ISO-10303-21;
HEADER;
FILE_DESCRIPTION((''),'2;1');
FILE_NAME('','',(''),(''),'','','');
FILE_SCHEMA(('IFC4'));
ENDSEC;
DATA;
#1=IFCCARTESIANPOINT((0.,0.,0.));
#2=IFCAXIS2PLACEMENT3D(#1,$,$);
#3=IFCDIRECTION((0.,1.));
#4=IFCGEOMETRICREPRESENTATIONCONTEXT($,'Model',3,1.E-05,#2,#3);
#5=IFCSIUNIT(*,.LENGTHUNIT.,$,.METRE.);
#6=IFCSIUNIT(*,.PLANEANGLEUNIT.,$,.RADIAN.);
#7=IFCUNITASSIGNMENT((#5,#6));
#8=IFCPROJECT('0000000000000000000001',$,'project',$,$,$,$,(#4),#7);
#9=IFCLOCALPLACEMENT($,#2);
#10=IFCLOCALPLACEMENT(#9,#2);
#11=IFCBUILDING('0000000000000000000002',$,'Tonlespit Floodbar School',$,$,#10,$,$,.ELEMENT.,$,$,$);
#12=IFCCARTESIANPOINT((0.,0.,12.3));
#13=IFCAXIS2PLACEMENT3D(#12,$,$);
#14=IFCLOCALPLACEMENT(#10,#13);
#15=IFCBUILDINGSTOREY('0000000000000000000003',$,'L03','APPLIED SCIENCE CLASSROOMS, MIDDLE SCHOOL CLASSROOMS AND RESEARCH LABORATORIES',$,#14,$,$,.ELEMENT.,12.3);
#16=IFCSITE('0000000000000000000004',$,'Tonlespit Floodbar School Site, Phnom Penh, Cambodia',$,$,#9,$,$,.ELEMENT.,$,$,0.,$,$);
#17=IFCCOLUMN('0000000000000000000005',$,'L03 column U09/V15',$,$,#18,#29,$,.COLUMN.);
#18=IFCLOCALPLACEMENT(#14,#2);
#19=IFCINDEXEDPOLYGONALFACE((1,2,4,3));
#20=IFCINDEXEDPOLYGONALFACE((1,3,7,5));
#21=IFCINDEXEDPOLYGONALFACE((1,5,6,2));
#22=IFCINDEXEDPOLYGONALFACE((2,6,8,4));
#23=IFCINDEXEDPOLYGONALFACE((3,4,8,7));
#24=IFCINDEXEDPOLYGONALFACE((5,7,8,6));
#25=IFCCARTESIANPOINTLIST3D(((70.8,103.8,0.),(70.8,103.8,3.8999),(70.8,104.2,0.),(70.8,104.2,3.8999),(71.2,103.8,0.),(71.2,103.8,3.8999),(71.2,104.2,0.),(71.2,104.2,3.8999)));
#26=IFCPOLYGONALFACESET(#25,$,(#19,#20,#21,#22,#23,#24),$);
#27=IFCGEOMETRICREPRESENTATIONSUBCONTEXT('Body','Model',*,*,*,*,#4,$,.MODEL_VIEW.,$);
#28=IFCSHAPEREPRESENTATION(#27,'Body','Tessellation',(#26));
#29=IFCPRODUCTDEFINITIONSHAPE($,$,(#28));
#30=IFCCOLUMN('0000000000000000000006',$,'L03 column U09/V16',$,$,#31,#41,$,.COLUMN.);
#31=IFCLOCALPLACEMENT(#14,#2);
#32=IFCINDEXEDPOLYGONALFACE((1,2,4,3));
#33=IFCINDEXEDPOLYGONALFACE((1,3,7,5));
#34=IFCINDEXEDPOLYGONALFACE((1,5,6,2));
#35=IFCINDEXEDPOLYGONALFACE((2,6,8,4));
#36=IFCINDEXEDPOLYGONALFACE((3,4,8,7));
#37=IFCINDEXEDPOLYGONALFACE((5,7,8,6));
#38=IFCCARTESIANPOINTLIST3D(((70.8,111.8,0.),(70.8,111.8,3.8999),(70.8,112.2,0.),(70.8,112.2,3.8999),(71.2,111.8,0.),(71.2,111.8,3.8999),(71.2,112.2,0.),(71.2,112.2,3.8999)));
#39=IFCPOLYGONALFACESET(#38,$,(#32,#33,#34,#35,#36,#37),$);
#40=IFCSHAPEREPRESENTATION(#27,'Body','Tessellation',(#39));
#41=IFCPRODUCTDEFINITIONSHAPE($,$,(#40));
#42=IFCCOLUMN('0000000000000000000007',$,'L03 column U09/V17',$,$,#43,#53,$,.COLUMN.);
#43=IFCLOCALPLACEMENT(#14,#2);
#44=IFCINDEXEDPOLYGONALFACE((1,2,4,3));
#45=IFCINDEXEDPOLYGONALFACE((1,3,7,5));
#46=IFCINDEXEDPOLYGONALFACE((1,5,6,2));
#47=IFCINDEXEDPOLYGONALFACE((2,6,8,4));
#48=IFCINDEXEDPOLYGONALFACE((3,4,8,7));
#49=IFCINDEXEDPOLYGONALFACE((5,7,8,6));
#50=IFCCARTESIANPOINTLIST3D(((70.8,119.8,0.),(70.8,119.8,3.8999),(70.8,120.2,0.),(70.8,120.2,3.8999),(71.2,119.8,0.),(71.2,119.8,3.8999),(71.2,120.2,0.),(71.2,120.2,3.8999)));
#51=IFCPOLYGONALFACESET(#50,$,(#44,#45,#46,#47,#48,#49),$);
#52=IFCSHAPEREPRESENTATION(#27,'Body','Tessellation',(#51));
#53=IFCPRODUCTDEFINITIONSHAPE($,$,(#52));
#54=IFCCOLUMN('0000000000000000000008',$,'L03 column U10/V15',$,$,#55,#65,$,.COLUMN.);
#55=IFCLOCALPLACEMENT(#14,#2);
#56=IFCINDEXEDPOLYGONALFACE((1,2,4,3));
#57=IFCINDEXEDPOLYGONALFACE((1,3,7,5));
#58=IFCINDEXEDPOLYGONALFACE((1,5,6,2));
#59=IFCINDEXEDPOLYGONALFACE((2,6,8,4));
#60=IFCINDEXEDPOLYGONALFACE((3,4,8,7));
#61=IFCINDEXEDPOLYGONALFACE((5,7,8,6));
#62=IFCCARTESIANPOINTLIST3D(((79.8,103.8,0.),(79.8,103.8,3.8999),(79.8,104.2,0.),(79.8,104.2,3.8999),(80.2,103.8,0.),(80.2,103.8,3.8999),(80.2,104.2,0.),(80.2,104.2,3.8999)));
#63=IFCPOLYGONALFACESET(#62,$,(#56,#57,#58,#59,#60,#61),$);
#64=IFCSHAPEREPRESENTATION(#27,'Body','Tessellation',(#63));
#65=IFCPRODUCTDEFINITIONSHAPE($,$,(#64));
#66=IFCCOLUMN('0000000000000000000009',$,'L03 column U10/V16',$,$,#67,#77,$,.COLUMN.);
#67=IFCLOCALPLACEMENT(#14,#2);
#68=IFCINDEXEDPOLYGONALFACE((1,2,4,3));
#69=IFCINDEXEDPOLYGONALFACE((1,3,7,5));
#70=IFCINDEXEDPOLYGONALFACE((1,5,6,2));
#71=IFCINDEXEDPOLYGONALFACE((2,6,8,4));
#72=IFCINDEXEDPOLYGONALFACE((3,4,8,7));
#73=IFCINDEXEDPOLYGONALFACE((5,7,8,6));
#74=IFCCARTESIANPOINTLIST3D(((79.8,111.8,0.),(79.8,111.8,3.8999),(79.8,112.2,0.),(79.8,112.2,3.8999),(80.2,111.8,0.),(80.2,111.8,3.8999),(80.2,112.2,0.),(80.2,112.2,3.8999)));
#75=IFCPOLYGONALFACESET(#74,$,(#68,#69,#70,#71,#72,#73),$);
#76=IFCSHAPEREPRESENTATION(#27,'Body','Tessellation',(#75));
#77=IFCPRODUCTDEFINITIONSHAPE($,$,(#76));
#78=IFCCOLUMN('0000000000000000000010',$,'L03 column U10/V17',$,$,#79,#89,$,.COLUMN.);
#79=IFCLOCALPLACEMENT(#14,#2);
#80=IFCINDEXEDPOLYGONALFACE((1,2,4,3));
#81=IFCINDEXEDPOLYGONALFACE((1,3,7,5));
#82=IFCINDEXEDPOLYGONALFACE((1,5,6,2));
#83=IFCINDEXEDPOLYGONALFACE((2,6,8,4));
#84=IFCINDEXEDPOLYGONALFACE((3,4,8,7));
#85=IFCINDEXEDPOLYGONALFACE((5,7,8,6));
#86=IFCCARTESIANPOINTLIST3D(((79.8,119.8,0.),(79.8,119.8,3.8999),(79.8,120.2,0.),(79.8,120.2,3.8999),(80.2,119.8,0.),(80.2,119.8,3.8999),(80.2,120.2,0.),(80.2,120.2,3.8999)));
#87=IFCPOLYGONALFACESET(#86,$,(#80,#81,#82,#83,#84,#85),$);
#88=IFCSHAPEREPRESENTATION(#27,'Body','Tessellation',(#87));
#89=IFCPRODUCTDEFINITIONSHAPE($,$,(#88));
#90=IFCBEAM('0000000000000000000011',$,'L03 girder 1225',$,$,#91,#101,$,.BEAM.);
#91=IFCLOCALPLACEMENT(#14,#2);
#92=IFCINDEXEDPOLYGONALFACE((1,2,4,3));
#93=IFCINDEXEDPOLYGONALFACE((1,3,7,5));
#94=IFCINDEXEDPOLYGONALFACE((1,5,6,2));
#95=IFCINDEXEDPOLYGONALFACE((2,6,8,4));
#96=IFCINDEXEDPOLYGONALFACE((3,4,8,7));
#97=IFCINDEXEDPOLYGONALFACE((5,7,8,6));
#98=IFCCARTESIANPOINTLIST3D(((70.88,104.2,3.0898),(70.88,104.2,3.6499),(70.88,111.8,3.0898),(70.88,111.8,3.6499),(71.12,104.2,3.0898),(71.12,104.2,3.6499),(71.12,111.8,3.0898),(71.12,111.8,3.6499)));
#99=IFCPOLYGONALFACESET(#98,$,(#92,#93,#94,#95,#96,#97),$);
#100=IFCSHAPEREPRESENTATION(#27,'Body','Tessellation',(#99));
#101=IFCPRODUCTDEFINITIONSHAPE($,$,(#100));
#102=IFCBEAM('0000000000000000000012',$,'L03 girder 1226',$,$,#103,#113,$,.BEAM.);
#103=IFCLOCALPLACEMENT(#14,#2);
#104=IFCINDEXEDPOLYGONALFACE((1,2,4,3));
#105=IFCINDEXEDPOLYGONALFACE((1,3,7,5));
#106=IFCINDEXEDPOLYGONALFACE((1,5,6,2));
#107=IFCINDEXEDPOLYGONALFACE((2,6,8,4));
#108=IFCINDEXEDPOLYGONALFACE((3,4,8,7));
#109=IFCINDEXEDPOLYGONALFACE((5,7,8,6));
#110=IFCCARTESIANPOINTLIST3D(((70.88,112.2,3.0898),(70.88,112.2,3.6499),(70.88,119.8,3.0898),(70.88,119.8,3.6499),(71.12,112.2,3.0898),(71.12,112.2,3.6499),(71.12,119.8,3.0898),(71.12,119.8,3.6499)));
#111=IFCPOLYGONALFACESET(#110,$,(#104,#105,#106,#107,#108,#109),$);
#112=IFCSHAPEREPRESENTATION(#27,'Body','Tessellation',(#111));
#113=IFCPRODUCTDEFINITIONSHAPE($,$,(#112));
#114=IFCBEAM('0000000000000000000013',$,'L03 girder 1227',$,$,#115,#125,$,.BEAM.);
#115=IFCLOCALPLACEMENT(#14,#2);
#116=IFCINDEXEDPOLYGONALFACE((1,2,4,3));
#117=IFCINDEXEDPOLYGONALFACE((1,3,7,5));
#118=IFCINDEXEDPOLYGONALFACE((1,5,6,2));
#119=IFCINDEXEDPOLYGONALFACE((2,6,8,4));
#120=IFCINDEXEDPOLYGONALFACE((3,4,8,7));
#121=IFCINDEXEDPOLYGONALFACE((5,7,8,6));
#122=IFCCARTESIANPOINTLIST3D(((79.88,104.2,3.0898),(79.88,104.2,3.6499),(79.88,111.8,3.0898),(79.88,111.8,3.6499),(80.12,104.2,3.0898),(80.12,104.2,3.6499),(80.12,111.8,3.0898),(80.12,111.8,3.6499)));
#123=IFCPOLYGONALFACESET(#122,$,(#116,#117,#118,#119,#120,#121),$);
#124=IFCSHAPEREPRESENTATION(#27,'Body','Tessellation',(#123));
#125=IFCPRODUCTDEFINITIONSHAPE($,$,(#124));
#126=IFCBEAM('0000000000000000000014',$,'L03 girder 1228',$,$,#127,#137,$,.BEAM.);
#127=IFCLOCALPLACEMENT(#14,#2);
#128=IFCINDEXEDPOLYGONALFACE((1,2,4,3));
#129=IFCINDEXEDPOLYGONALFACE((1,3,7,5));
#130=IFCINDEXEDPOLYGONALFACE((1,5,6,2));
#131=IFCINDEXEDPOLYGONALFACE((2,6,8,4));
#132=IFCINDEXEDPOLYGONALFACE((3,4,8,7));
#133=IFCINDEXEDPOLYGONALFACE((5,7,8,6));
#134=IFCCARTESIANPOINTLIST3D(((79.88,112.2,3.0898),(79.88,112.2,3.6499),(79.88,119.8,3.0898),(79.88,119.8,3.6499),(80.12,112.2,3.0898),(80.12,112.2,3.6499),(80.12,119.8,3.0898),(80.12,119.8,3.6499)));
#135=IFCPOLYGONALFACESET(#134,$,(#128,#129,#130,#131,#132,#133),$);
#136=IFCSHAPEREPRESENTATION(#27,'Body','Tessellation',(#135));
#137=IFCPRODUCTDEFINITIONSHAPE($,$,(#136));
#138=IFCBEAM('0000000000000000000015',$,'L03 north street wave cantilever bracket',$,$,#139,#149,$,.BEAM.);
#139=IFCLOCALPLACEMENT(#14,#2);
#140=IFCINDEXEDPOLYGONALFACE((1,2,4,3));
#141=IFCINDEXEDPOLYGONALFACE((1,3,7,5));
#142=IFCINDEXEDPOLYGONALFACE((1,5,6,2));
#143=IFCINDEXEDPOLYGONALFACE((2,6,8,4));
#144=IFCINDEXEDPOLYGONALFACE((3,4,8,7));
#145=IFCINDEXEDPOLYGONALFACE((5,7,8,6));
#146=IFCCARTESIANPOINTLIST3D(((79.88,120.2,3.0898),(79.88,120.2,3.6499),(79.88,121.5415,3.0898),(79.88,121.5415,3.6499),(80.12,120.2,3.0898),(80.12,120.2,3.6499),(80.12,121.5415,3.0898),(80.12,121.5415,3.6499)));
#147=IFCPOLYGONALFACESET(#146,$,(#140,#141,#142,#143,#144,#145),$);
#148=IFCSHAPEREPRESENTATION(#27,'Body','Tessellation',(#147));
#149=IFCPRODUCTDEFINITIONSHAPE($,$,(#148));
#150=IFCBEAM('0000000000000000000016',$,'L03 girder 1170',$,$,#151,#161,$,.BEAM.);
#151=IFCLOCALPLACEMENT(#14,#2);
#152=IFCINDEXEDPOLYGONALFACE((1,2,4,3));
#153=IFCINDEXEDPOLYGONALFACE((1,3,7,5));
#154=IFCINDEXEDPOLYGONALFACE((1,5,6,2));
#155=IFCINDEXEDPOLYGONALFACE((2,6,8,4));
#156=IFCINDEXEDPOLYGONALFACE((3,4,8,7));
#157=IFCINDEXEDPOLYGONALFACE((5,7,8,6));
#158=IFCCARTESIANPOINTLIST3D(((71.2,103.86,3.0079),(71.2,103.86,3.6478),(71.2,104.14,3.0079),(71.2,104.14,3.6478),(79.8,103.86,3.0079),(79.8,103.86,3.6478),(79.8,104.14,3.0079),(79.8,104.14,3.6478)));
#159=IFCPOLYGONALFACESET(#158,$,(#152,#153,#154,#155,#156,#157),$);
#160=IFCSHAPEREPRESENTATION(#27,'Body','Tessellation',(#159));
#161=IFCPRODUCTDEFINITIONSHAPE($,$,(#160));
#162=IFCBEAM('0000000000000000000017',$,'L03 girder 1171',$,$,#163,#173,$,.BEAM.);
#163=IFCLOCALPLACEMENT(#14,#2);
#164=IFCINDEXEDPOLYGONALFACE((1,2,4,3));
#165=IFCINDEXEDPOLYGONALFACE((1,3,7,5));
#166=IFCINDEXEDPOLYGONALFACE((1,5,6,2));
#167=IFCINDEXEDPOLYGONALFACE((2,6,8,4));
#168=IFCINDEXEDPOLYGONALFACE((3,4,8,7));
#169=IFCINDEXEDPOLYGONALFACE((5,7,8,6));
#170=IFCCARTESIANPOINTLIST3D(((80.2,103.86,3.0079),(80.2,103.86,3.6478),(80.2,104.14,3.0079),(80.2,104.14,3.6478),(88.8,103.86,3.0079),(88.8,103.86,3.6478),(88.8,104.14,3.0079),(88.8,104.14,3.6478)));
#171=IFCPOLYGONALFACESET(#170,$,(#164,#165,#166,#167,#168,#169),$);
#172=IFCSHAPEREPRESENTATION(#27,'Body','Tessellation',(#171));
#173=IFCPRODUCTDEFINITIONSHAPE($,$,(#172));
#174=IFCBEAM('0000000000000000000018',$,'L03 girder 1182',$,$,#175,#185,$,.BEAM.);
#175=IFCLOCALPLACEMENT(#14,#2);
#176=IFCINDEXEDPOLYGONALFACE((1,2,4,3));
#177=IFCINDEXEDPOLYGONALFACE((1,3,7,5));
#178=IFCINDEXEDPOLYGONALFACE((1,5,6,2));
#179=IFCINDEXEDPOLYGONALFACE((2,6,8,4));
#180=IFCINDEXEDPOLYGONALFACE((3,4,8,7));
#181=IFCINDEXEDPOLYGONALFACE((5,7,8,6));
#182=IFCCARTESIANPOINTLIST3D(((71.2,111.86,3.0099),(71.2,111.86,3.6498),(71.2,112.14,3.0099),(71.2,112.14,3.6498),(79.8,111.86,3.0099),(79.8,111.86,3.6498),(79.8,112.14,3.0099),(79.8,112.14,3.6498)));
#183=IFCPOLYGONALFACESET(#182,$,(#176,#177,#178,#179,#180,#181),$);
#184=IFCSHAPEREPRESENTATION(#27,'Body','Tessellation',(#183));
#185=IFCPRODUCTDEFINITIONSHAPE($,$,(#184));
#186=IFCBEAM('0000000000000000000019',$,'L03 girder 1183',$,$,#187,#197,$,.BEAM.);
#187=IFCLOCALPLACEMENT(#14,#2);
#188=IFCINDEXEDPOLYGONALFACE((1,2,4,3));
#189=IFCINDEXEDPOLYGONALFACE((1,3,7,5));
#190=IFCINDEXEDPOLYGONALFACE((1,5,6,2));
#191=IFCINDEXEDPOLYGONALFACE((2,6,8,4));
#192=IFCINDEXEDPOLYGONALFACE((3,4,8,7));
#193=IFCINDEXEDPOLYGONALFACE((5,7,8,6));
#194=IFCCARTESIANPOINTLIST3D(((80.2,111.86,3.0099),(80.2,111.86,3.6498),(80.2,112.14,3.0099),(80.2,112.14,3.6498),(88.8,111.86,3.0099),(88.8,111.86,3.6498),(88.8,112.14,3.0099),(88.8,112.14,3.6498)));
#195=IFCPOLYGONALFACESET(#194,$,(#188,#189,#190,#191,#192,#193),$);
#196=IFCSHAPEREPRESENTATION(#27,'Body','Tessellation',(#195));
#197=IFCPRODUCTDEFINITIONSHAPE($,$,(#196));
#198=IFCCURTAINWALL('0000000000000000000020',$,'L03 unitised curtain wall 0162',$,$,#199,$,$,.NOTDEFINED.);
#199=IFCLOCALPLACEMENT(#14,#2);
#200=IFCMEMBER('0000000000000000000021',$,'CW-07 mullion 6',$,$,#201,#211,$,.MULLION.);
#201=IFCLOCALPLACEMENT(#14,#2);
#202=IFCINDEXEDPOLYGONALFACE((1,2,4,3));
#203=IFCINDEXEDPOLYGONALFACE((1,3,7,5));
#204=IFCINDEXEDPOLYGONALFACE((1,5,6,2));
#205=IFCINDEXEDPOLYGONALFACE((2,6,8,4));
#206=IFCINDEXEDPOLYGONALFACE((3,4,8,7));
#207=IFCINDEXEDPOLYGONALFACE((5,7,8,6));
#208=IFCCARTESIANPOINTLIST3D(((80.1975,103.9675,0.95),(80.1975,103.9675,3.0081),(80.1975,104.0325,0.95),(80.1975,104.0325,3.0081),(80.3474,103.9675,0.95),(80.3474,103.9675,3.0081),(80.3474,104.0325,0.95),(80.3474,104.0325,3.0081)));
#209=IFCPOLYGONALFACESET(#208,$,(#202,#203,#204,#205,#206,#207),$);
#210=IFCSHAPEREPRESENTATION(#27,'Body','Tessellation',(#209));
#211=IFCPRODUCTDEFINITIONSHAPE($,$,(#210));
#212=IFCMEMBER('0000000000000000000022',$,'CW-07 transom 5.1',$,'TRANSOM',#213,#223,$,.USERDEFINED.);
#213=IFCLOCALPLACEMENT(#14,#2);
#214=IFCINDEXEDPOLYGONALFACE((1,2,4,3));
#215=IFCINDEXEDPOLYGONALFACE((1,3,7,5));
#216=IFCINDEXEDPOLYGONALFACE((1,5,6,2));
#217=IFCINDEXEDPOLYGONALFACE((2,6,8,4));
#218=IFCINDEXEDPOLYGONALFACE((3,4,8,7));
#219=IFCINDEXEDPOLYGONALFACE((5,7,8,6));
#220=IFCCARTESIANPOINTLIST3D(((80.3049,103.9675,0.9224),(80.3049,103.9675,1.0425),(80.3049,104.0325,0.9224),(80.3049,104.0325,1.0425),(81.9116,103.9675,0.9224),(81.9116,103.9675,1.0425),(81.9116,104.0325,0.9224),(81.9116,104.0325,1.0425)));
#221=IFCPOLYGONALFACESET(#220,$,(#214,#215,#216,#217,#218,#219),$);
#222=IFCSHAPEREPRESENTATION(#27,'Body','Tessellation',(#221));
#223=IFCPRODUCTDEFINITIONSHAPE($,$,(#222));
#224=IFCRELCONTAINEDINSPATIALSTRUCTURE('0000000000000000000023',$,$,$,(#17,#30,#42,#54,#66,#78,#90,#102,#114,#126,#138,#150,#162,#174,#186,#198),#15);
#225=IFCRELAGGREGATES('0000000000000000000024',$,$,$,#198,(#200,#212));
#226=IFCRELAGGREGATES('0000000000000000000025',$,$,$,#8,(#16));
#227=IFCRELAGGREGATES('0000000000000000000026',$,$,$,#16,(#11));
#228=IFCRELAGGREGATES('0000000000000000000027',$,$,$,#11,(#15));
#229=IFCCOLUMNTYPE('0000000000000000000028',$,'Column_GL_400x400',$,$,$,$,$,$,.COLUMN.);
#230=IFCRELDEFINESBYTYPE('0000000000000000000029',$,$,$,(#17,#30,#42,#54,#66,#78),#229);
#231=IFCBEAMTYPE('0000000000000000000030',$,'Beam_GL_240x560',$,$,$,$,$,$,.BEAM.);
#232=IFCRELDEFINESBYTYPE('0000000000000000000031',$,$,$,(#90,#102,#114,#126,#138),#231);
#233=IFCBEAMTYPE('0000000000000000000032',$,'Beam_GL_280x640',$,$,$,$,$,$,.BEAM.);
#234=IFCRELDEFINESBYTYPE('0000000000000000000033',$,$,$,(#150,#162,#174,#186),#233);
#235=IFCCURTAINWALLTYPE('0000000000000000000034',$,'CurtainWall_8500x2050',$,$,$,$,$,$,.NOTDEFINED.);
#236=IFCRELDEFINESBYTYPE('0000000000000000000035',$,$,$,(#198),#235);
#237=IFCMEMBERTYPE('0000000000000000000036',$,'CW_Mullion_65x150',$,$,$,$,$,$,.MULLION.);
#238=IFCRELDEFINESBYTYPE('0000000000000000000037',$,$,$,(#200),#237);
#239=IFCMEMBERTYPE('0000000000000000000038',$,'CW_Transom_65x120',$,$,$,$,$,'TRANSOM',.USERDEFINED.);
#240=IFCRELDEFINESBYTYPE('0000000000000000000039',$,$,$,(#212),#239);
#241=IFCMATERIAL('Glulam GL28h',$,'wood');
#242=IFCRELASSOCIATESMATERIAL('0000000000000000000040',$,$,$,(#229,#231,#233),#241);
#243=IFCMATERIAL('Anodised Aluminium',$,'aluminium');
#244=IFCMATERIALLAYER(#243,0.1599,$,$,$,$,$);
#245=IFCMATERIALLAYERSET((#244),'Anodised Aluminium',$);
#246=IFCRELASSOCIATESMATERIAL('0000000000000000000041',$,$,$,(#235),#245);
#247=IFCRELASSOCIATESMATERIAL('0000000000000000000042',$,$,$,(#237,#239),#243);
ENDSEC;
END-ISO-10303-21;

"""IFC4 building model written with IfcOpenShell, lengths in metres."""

from ifc_helpers import new_model, si_unit, direction, frame, origin, origin_2d, place, context, subcontext, project, spatial, rectangle, extrude, material, layer, layer_set, material_profile, profile_set, type_object, element, aggregate, save


model = new_model("IFC4")

# Units and contexts
model_context = context("Model", 3, precision=1e-05, world=origin(), true_north=direction((0.0, 1.0)))
body_context = subcontext(model_context, "Body", "Model", "MODEL_VIEW")
ifc_project = project(units=[si_unit("LENGTHUNIT", "METRE"), si_unit("PLANEANGLEUNIT", "RADIAN")], contexts=[model_context])

# Site, building, storey
site_placement = place(None, origin())
site = spatial("IfcSite", under=ifc_project, at=site_placement, Name="Tonlespit Floodbar School Site, Phnom Penh, Cambodia", CompositionType="ELEMENT", RefElevation=0.0)
building_placement = place(site_placement, origin())
building = spatial("IfcBuilding", under=site, at=building_placement, Name="Tonlespit Floodbar School", CompositionType="ELEMENT")
storey_placement = place(building_placement, frame((0.0, 0.0, 12.3)))
storey = spatial("IfcBuildingStorey", under=building, at=storey_placement, Name="L03", Description="APPLIED SCIENCE CLASSROOMS, MIDDLE SCHOOL CLASSROOMS AND RESEARCH LABORATORIES", CompositionType="ELEMENT", Elevation=12.3)

# Columns
ifc_material_1 = material(Name="Glulam GL28h", Category="wood")
ifc_material_profile_1 = material_profile(ifc_material_1, rectangle(XDim=0.3999, YDim=0.3999, at=origin_2d()), Name="GL 400x400")
ifc_profile_set_1 = profile_set([ifc_material_profile_1], Name="Glulam GL28h")
column_type = type_object("IfcColumnType", Name="Column_GL_400x400", PredefinedType="COLUMN", material=ifc_profile_set_1)
for number, where, z_axis, x_axis, name in (
    (1, (71.0, 104.0, 0.0), (0.0, 0.0, 1.0), (1.0, 0.0, 0.0), "L03 column U09/V15"),
    (2, (71.0, 112.0, 0.0), (0.0, 0.0, 1.0), (1.0, 0.0, 0.0), "L03 column U09/V16"),
    (3, (71.0, 120.0, 0.0), (0.0, 0.0, 1.0), (1.0, 0.0, 0.0), "L03 column U09/V17"),
    (4, (80.0, 104.0, 0.0), (0.0, 0.0, 1.0), (1.0, 0.0, 0.0), "L03 column U10/V15"),
    (5, (80.0, 112.0, 0.0), (0.0, 0.0, 1.0), (1.0, 0.0, 0.0), "L03 column U10/V16"),
    (6, (80.0, 120.0, 0.0), (0.0, 0.0, 1.0), (1.0, 0.0, 0.0), "L03 column U10/V17"),
):
    element("IfcColumn", number, at=place(storey_placement, frame(where, z_axis=z_axis, x_axis=x_axis)), inside=storey, type_object=column_type, Name=name, PredefinedType="COLUMN", context=body_context, shape_type="SweptSolid", body=[
        extrude(rectangle(XDim=0.3999, YDim=0.3999, at=origin_2d()), origin(), (0.0, 0.0, 1.0), 3.8999),
    ])

# Beams
ifc_material_profile_2 = material_profile(ifc_material_1, rectangle(XDim=0.24, YDim=0.5601, at=origin_2d()), Name="GL 240x560")
ifc_profile_set_2 = profile_set([ifc_material_profile_2], Name="Glulam GL28h")
beam_type_1 = type_object("IfcBeamType", Name="Beam_GL_240x560", PredefinedType="BEAM", material=ifc_profile_set_2)
for number, where, z_axis, x_axis, name in (
    (7, (71.0, 104.2, 3.3699), (0.0, 1.0, 0.0), (-1.0, 0.0, 0.0), "L03 girder 1225"),
    (8, (71.0, 112.2, 3.3699), (0.0, 1.0, 0.0), (-1.0, 0.0, 0.0), "L03 girder 1226"),
    (9, (80.0, 104.2, 3.3699), (0.0, 1.0, 0.0), (-1.0, 0.0, 0.0), "L03 girder 1227"),
    (10, (80.0, 112.2, 3.3699), (0.0, 1.0, 0.0), (-1.0, 0.0, 0.0), "L03 girder 1228"),
):
    element("IfcBeam", number, at=place(storey_placement, frame(where, z_axis=z_axis, x_axis=x_axis)), inside=storey, type_object=beam_type_1, Name=name, PredefinedType="BEAM", context=body_context, shape_type="SweptSolid", body=[
        extrude(rectangle(XDim=0.24, YDim=0.5601, at=origin_2d()), origin(), (0.0, 0.0, 1.0), 7.6001),
    ])
beam_placement = place(storey_placement, frame((80.0, 120.2, 3.3699), z_axis=(0.0, 1.0, 0.0), x_axis=(-1.0, 0.0, 0.0)))
element("IfcBeam", 11, at=beam_placement, inside=storey, type_object=beam_type_1, Name="L03 north street wave cantilever bracket", PredefinedType="BEAM", context=body_context, shape_type="SweptSolid", body=[
    extrude(rectangle(XDim=0.24, YDim=0.5601, at=origin_2d()), origin(), (0.0, 0.0, 1.0), 1.3416),
])
ifc_material_profile_3 = material_profile(ifc_material_1, rectangle(XDim=0.28, YDim=0.6399, at=origin_2d()), Name="GL 280x640")
ifc_profile_set_3 = profile_set([ifc_material_profile_3], Name="Glulam GL28h")
beam_type_2 = type_object("IfcBeamType", Name="Beam_GL_280x640", PredefinedType="BEAM", material=ifc_profile_set_3)
for number, where, z_axis, x_axis, name in (
    (12, (71.2, 104.0, 3.3279), (1.0, 0.0, 0.0), (0.0, 1.0, 0.0), "L03 girder 1170"),
    (13, (80.2, 104.0, 3.3279), (1.0, 0.0, 0.0), (0.0, 1.0, 0.0), "L03 girder 1171"),
    (14, (71.2, 112.0, 3.3298), (1.0, 0.0, 0.0), (0.0, 1.0, 0.0), "L03 girder 1182"),
    (15, (80.2, 112.0, 3.3298), (1.0, 0.0, 0.0), (0.0, 1.0, 0.0), "L03 girder 1183"),
):
    element("IfcBeam", number, at=place(storey_placement, frame(where, z_axis=z_axis, x_axis=x_axis)), inside=storey, type_object=beam_type_2, Name=name, PredefinedType="BEAM", context=body_context, shape_type="SweptSolid", body=[
        extrude(rectangle(XDim=0.28, YDim=0.6399, at=origin_2d()), origin(), (0.0, 0.0, 1.0), 8.6001),
    ])

# Curtain wall, members
ifc_material_2 = material(Name="Anodised Aluminium", Category="aluminium")
ifc_layer_1 = layer(ifc_material_2, 0.1599)
ifc_layer_set_1 = layer_set([ifc_layer_1], Name="Anodised Aluminium")
curtain_wall_type = type_object("IfcCurtainWallType", Name="CurtainWall_8500x2050", PredefinedType="NOTDEFINED", material=ifc_layer_set_1)
curtain_wall_placement = place(storey_placement, origin())
curtain_wall = element("IfcCurtainWall", 16, at=curtain_wall_placement, inside=storey, type_object=curtain_wall_type, Name="L03 unitised curtain wall 0162", PredefinedType="NOTDEFINED")
ifc_material_profile_4 = material_profile(ifc_material_2, rectangle(XDim=0.0649, YDim=0.1499, at=origin_2d()), Name="ALU M65x150")
ifc_profile_set_4 = profile_set([ifc_material_profile_4], Name="Anodised Aluminium")
member_type_1 = type_object("IfcMemberType", Name="CW_Mullion_65x150", PredefinedType="MULLION", material=ifc_profile_set_4)
member_1_placement = place(storey_placement, frame((80.2725, 104.0, 0.95), z_axis=(0.0, 0.0, 1.0), x_axis=(0.0, -1.0, 0.0)))
member_1 = element("IfcMember", 17, at=member_1_placement, type_object=member_type_1, Name="CW-07 mullion 6", PredefinedType="MULLION", context=body_context, shape_type="SweptSolid", body=[
    extrude(rectangle(XDim=0.0649, YDim=0.1499, at=origin_2d()), origin(), (0.0, 0.0, 1.0), 2.0581),
])
ifc_material_profile_5 = material_profile(ifc_material_2, rectangle(XDim=0.0649, YDim=0.1201, at=origin_2d()), Name="ALU T65x120")
ifc_profile_set_5 = profile_set([ifc_material_profile_5], Name="Anodised Aluminium")
member_type_2 = type_object("IfcMemberType", Name="CW_Transom_65x120", ElementType="TRANSOM", PredefinedType="USERDEFINED", material=ifc_profile_set_5)
member_2_placement = place(storey_placement, frame((81.9116, 104.0, 0.9824), z_axis=(-1.0, 0.0, 0.0), x_axis=(0.0, -1.0, 0.0)))
member_2 = element("IfcMember", 18, at=member_2_placement, type_object=member_type_2, Name="CW-07 transom 5.1", ObjectType="TRANSOM", PredefinedType="USERDEFINED", context=body_context, shape_type="SweptSolid", body=[
    extrude(rectangle(XDim=0.0649, YDim=0.1201, at=origin_2d()), origin(), (0.0, 0.0, 1.0), 1.6067),
])

aggregate(curtain_wall, [member_1, member_2])

save(model, "model.ifc")
